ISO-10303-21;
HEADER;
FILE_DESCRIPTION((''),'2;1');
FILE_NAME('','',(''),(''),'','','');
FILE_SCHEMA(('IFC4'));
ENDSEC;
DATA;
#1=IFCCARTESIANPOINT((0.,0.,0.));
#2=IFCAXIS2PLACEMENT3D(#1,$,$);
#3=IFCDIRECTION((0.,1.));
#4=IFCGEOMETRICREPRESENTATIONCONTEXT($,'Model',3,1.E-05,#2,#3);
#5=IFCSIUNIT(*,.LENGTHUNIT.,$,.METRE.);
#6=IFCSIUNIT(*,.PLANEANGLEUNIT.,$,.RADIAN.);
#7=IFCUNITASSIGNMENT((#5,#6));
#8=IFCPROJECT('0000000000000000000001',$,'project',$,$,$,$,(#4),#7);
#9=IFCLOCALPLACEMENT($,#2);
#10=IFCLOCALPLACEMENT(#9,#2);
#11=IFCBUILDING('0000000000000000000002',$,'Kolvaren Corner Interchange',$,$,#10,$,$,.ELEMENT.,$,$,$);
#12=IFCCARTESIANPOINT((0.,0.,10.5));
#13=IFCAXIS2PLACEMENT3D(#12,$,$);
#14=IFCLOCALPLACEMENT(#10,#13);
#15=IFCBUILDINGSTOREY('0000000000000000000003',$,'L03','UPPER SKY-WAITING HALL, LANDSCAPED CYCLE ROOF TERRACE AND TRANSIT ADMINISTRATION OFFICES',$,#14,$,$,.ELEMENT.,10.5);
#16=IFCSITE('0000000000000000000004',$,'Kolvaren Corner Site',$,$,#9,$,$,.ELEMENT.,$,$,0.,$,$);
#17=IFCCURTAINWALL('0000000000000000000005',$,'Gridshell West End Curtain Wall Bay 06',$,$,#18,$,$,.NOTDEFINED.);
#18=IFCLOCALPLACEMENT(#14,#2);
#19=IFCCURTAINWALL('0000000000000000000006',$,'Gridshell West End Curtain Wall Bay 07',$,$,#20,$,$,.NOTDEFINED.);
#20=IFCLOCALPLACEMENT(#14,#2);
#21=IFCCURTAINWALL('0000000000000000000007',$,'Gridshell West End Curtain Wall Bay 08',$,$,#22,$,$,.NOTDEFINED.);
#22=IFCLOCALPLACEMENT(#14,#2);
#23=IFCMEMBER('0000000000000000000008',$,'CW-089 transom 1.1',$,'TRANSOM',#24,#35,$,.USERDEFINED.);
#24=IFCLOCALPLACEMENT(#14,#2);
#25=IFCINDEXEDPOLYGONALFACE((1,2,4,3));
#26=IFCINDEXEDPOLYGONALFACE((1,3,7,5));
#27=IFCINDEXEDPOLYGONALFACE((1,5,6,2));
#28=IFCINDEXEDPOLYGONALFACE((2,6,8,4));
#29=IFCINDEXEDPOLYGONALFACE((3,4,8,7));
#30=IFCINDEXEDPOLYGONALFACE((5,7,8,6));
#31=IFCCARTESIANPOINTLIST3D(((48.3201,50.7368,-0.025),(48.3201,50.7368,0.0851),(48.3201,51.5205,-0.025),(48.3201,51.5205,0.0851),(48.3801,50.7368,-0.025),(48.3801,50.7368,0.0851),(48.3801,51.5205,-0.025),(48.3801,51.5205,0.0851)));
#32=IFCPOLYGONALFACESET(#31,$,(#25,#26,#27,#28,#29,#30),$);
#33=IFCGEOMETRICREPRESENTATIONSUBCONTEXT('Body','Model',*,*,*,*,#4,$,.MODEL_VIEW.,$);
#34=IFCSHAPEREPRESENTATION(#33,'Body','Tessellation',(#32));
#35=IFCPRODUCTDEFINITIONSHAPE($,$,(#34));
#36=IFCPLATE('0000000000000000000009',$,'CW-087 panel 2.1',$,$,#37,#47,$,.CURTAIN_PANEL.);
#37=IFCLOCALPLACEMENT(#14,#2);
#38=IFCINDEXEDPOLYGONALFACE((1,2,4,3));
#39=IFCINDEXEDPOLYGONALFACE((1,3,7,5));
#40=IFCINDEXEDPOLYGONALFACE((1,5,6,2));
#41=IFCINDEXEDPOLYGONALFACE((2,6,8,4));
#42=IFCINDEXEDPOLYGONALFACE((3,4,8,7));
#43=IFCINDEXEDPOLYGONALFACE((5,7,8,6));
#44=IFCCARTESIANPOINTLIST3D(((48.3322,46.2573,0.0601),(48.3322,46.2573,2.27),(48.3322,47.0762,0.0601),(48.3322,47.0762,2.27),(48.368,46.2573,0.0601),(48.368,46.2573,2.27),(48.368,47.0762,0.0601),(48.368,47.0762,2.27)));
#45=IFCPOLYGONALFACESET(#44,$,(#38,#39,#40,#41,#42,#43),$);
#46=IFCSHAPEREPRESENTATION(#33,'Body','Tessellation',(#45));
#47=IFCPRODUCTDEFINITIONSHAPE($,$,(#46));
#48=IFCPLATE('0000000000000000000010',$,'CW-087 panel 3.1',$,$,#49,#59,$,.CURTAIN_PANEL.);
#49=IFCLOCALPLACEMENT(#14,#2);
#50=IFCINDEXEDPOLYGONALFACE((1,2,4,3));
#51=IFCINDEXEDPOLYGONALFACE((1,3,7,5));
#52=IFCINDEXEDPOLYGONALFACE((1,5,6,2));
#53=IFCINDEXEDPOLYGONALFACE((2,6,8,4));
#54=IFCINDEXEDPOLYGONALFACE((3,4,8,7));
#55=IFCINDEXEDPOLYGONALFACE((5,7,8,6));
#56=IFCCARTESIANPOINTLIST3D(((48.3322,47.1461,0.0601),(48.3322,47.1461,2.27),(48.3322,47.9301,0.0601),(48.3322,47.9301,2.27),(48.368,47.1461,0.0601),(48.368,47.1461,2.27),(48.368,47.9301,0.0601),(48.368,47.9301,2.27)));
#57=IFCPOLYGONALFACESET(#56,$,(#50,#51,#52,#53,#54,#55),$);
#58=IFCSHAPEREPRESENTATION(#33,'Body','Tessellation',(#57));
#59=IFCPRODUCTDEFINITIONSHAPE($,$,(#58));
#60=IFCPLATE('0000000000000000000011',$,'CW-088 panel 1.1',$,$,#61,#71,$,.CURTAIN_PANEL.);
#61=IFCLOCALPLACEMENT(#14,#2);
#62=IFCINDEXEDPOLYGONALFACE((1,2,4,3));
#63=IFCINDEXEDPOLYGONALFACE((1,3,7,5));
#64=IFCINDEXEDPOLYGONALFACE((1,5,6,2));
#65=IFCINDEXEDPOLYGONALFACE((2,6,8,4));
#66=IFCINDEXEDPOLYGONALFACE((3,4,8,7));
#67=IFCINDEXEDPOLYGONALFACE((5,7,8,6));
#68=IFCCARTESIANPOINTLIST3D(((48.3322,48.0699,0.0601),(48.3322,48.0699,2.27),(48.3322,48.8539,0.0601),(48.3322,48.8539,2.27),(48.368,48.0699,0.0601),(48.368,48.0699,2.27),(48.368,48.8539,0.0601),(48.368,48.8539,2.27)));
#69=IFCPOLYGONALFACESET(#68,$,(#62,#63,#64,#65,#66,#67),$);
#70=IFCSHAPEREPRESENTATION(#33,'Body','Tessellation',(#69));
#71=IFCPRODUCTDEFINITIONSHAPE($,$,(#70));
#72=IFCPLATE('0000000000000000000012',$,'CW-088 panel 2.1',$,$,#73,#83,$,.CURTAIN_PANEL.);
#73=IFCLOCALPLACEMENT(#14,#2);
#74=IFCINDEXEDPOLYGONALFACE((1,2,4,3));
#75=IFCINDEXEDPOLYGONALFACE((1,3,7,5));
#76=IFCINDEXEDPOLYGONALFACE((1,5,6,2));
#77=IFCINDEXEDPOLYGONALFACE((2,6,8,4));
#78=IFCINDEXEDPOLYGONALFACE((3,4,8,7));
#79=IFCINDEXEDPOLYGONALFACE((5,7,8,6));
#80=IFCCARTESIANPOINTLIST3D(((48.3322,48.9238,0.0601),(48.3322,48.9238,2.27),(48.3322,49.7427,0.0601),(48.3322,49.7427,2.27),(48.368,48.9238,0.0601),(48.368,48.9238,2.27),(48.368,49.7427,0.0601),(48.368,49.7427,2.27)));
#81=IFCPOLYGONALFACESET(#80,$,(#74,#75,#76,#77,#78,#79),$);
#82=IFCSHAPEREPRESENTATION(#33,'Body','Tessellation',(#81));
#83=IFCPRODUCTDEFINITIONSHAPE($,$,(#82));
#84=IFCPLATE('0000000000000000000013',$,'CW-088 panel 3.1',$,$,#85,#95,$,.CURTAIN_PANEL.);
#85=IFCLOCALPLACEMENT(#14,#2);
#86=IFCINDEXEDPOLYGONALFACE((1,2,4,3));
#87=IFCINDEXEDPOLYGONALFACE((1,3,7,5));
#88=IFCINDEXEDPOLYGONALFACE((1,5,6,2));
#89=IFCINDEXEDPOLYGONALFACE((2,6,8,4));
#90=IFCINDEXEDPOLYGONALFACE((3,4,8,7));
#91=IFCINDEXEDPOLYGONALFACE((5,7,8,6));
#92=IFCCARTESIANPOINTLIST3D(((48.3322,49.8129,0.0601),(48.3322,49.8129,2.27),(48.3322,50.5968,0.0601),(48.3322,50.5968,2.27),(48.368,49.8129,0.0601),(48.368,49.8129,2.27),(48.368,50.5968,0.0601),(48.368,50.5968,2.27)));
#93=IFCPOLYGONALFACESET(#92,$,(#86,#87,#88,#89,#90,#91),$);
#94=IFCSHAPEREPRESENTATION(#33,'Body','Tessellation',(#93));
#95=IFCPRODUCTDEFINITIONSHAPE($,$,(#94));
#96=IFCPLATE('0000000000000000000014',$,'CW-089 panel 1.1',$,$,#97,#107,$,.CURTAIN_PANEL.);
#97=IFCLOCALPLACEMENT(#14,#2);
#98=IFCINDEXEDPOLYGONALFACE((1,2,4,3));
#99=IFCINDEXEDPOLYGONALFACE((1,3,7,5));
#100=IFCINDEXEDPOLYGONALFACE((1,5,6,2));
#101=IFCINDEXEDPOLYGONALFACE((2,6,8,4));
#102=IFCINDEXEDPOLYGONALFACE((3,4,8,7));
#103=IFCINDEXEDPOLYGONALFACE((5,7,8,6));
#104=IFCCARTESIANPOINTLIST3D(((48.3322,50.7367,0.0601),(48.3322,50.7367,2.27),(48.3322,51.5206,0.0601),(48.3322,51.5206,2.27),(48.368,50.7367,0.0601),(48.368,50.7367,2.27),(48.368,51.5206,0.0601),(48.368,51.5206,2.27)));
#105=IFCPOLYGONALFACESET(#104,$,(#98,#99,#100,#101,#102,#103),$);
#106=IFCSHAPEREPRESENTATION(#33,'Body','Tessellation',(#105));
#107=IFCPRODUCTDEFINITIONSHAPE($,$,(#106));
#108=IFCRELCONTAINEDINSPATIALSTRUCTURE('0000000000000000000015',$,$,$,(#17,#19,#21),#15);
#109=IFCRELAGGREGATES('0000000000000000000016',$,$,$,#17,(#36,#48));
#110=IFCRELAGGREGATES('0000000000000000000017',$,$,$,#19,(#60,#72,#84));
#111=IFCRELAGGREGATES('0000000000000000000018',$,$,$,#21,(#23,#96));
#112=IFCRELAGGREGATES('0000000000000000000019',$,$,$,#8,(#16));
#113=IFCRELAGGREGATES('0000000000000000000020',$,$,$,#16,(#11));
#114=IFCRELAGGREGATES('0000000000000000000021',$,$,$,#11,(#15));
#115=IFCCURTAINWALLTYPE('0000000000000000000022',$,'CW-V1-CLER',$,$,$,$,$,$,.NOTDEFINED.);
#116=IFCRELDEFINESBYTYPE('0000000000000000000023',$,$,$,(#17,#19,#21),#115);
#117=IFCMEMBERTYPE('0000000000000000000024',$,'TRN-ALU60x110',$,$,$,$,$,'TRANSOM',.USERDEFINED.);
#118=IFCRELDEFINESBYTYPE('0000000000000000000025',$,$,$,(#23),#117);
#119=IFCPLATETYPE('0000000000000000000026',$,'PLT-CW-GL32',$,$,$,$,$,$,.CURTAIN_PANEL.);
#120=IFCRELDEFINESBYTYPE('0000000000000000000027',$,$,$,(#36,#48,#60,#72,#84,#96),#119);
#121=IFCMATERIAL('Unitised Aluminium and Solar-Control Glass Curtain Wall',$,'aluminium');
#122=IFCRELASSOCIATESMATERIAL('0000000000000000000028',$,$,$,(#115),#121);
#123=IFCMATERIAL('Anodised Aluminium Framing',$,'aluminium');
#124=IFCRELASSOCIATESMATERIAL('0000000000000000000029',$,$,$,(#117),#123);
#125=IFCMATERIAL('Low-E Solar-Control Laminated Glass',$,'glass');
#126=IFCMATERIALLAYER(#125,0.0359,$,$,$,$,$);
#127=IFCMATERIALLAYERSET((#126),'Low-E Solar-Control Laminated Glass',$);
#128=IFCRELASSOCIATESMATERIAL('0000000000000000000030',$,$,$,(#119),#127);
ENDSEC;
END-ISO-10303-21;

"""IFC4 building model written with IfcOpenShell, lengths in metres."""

from ifc_helpers import new_model, si_unit, direction, frame, origin, origin_2d, place, context, subcontext, project, spatial, rectangle, extrude, material, layer, layer_set, material_profile, profile_set, type_object, element, aggregate, save


model = new_model("IFC4")

# Units and contexts
model_context = context("Model", 3, precision=1e-05, world=origin(), true_north=direction((0.0, 1.0)))
body_context = subcontext(model_context, "Body", "Model", "MODEL_VIEW")
ifc_project = project(units=[si_unit("LENGTHUNIT", "METRE"), si_unit("PLANEANGLEUNIT", "RADIAN")], contexts=[model_context])

# Site, building, storey
site_placement = place(None, origin())
site = spatial("IfcSite", under=ifc_project, at=site_placement, Name="Kolvaren Corner Site", CompositionType="ELEMENT", RefElevation=0.0)
building_placement = place(site_placement, origin())
building = spatial("IfcBuilding", under=site, at=building_placement, Name="Kolvaren Corner Interchange", CompositionType="ELEMENT")
storey_placement = place(building_placement, frame((0.0, 0.0, 10.5)))
storey = spatial("IfcBuildingStorey", under=building, at=storey_placement, Name="L03", Description="UPPER SKY-WAITING HALL, LANDSCAPED CYCLE ROOF TERRACE AND TRANSIT ADMINISTRATION OFFICES", CompositionType="ELEMENT", Elevation=10.5)

# Curtain walls
ifc_material_1 = material(Name="Unitised Aluminium and Solar-Control Glass Curtain Wall", Category="aluminium")
curtain_wall_type = type_object("IfcCurtainWallType", Name="CW-V1-CLER", PredefinedType="NOTDEFINED", material=ifc_material_1)
curtain_wall_1_placement = place(storey_placement, origin())
curtain_wall_1 = element("IfcCurtainWall", 1, at=curtain_wall_1_placement, inside=storey, type_object=curtain_wall_type, Name="Gridshell West End Curtain Wall Bay 06", PredefinedType="NOTDEFINED")
curtain_wall_2_placement = place(storey_placement, origin())
curtain_wall_2 = element("IfcCurtainWall", 2, at=curtain_wall_2_placement, inside=storey, type_object=curtain_wall_type, Name="Gridshell West End Curtain Wall Bay 07", PredefinedType="NOTDEFINED")

# Curtain wall
curtain_wall_3_placement = place(storey_placement, origin())
curtain_wall_3 = element("IfcCurtainWall", 3, at=curtain_wall_3_placement, inside=storey, type_object=curtain_wall_type, Name="Gridshell West End Curtain Wall Bay 08", PredefinedType="NOTDEFINED")

# Member
ifc_material_2 = material(Name="Anodised Aluminium Framing", Category="aluminium")
ifc_material_profile_1 = material_profile(ifc_material_2, rectangle(XDim=0.0601, YDim=0.1101, at=origin_2d()), Name="ALU 60x110")
ifc_profile_set_1 = profile_set([ifc_material_profile_1], Name="Anodised Aluminium Framing")
member_type_1 = type_object("IfcMemberType", Name="TRN-ALU60x110", ElementType="TRANSOM", PredefinedType="USERDEFINED", material=ifc_profile_set_1)
member_1_placement = place(storey_placement, frame((48.3501, 50.7368, 0.03), z_axis=(0.0, 1.0, 0.0), x_axis=(-1.0, 0.0, 0.0)))
member_1 = element("IfcMember", 4, at=member_1_placement, type_object=member_type_1, Name="CW-089 transom 1.1", ObjectType="TRANSOM", PredefinedType="USERDEFINED", context=body_context, shape_type="SweptSolid", body=[
    extrude(rectangle(XDim=0.0601, YDim=0.1101, at=origin_2d()), origin(), (0.0, 0.0, 1.0), 0.7837),
])

# Plates
ifc_material_3 = material(Name="Low-E Solar-Control Laminated Glass", Category="glass")
ifc_layer = layer(ifc_material_3, 0.0359)
ifc_layer_set = layer_set([ifc_layer], Name="Low-E Solar-Control Laminated Glass")
plate_type = type_object("IfcPlateType", Name="PLT-CW-GL32", PredefinedType="CURTAIN_PANEL", material=ifc_layer_set)
plate_1_placement = place(storey_placement, frame((48.3501, 46.6667, 0.0601), z_axis=(0.0, 0.0, 1.0), x_axis=(0.0, 1.0, 0.0)))
plate_1 = element("IfcPlate", 5, at=plate_1_placement, type_object=plate_type, Name="CW-087 panel 2.1", PredefinedType="CURTAIN_PANEL", context=body_context, shape_type="SweptSolid", body=[
    extrude(rectangle(XDim=0.8188, YDim=0.0359, at=origin_2d()), origin(), (0.0, 0.0, 1.0), 2.21),
])
plate_2_placement = place(storey_placement, frame((48.3501, 47.5381, 0.0601), z_axis=(0.0, 0.0, 1.0), x_axis=(0.0, 1.0, 0.0)))
plate_2 = element("IfcPlate", 6, at=plate_2_placement, type_object=plate_type, Name="CW-087 panel 3.1", PredefinedType="CURTAIN_PANEL", context=body_context, shape_type="SweptSolid", body=[
    extrude(rectangle(XDim=0.7839, YDim=0.0359, at=origin_2d()), origin(), (0.0, 0.0, 1.0), 2.21),
])
aggregate(curtain_wall_1, [plate_1, plate_2])
plate_3_placement = place(storey_placement, frame((48.3501, 48.4619, 0.0601), z_axis=(0.0, 0.0, 1.0), x_axis=(0.0, 1.0, 0.0)))
plate_3 = element("IfcPlate", 7, at=plate_3_placement, type_object=plate_type, Name="CW-088 panel 1.1", PredefinedType="CURTAIN_PANEL", context=body_context, shape_type="SweptSolid", body=[
    extrude(rectangle(XDim=0.7839, YDim=0.0359, at=origin_2d()), origin(), (0.0, 0.0, 1.0), 2.21),
])
plate_4_placement = place(storey_placement, frame((48.3501, 49.3333, 0.0601), z_axis=(0.0, 0.0, 1.0), x_axis=(0.0, 1.0, 0.0)))
plate_4 = element("IfcPlate", 8, at=plate_4_placement, type_object=plate_type, Name="CW-088 panel 2.1", PredefinedType="CURTAIN_PANEL", context=body_context, shape_type="SweptSolid", body=[
    extrude(rectangle(XDim=0.8188, YDim=0.0359, at=origin_2d()), origin(), (0.0, 0.0, 1.0), 2.21),
])
plate_5_placement = place(storey_placement, frame((48.3501, 50.2048, 0.0601), z_axis=(0.0, 0.0, 1.0), x_axis=(0.0, 1.0, 0.0)))
plate_5 = element("IfcPlate", 9, at=plate_5_placement, type_object=plate_type, Name="CW-088 panel 3.1", PredefinedType="CURTAIN_PANEL", context=body_context, shape_type="SweptSolid", body=[
    extrude(rectangle(XDim=0.7839, YDim=0.0359, at=origin_2d()), origin(), (0.0, 0.0, 1.0), 2.21),
])
aggregate(curtain_wall_2, [plate_3, plate_4, plate_5])
plate_6_placement = place(storey_placement, frame((48.3501, 51.1287, 0.0601), z_axis=(0.0, 0.0, 1.0), x_axis=(0.0, 1.0, 0.0)))
plate_6 = element("IfcPlate", 10, at=plate_6_placement, type_object=plate_type, Name="CW-089 panel 1.1", PredefinedType="CURTAIN_PANEL", context=body_context, shape_type="SweptSolid", body=[
    extrude(rectangle(XDim=0.7839, YDim=0.0359, at=origin_2d()), origin(), (0.0, 0.0, 1.0), 2.21),
])
aggregate(curtain_wall_3, [member_1, plate_6])

save(model, "model.ifc")
